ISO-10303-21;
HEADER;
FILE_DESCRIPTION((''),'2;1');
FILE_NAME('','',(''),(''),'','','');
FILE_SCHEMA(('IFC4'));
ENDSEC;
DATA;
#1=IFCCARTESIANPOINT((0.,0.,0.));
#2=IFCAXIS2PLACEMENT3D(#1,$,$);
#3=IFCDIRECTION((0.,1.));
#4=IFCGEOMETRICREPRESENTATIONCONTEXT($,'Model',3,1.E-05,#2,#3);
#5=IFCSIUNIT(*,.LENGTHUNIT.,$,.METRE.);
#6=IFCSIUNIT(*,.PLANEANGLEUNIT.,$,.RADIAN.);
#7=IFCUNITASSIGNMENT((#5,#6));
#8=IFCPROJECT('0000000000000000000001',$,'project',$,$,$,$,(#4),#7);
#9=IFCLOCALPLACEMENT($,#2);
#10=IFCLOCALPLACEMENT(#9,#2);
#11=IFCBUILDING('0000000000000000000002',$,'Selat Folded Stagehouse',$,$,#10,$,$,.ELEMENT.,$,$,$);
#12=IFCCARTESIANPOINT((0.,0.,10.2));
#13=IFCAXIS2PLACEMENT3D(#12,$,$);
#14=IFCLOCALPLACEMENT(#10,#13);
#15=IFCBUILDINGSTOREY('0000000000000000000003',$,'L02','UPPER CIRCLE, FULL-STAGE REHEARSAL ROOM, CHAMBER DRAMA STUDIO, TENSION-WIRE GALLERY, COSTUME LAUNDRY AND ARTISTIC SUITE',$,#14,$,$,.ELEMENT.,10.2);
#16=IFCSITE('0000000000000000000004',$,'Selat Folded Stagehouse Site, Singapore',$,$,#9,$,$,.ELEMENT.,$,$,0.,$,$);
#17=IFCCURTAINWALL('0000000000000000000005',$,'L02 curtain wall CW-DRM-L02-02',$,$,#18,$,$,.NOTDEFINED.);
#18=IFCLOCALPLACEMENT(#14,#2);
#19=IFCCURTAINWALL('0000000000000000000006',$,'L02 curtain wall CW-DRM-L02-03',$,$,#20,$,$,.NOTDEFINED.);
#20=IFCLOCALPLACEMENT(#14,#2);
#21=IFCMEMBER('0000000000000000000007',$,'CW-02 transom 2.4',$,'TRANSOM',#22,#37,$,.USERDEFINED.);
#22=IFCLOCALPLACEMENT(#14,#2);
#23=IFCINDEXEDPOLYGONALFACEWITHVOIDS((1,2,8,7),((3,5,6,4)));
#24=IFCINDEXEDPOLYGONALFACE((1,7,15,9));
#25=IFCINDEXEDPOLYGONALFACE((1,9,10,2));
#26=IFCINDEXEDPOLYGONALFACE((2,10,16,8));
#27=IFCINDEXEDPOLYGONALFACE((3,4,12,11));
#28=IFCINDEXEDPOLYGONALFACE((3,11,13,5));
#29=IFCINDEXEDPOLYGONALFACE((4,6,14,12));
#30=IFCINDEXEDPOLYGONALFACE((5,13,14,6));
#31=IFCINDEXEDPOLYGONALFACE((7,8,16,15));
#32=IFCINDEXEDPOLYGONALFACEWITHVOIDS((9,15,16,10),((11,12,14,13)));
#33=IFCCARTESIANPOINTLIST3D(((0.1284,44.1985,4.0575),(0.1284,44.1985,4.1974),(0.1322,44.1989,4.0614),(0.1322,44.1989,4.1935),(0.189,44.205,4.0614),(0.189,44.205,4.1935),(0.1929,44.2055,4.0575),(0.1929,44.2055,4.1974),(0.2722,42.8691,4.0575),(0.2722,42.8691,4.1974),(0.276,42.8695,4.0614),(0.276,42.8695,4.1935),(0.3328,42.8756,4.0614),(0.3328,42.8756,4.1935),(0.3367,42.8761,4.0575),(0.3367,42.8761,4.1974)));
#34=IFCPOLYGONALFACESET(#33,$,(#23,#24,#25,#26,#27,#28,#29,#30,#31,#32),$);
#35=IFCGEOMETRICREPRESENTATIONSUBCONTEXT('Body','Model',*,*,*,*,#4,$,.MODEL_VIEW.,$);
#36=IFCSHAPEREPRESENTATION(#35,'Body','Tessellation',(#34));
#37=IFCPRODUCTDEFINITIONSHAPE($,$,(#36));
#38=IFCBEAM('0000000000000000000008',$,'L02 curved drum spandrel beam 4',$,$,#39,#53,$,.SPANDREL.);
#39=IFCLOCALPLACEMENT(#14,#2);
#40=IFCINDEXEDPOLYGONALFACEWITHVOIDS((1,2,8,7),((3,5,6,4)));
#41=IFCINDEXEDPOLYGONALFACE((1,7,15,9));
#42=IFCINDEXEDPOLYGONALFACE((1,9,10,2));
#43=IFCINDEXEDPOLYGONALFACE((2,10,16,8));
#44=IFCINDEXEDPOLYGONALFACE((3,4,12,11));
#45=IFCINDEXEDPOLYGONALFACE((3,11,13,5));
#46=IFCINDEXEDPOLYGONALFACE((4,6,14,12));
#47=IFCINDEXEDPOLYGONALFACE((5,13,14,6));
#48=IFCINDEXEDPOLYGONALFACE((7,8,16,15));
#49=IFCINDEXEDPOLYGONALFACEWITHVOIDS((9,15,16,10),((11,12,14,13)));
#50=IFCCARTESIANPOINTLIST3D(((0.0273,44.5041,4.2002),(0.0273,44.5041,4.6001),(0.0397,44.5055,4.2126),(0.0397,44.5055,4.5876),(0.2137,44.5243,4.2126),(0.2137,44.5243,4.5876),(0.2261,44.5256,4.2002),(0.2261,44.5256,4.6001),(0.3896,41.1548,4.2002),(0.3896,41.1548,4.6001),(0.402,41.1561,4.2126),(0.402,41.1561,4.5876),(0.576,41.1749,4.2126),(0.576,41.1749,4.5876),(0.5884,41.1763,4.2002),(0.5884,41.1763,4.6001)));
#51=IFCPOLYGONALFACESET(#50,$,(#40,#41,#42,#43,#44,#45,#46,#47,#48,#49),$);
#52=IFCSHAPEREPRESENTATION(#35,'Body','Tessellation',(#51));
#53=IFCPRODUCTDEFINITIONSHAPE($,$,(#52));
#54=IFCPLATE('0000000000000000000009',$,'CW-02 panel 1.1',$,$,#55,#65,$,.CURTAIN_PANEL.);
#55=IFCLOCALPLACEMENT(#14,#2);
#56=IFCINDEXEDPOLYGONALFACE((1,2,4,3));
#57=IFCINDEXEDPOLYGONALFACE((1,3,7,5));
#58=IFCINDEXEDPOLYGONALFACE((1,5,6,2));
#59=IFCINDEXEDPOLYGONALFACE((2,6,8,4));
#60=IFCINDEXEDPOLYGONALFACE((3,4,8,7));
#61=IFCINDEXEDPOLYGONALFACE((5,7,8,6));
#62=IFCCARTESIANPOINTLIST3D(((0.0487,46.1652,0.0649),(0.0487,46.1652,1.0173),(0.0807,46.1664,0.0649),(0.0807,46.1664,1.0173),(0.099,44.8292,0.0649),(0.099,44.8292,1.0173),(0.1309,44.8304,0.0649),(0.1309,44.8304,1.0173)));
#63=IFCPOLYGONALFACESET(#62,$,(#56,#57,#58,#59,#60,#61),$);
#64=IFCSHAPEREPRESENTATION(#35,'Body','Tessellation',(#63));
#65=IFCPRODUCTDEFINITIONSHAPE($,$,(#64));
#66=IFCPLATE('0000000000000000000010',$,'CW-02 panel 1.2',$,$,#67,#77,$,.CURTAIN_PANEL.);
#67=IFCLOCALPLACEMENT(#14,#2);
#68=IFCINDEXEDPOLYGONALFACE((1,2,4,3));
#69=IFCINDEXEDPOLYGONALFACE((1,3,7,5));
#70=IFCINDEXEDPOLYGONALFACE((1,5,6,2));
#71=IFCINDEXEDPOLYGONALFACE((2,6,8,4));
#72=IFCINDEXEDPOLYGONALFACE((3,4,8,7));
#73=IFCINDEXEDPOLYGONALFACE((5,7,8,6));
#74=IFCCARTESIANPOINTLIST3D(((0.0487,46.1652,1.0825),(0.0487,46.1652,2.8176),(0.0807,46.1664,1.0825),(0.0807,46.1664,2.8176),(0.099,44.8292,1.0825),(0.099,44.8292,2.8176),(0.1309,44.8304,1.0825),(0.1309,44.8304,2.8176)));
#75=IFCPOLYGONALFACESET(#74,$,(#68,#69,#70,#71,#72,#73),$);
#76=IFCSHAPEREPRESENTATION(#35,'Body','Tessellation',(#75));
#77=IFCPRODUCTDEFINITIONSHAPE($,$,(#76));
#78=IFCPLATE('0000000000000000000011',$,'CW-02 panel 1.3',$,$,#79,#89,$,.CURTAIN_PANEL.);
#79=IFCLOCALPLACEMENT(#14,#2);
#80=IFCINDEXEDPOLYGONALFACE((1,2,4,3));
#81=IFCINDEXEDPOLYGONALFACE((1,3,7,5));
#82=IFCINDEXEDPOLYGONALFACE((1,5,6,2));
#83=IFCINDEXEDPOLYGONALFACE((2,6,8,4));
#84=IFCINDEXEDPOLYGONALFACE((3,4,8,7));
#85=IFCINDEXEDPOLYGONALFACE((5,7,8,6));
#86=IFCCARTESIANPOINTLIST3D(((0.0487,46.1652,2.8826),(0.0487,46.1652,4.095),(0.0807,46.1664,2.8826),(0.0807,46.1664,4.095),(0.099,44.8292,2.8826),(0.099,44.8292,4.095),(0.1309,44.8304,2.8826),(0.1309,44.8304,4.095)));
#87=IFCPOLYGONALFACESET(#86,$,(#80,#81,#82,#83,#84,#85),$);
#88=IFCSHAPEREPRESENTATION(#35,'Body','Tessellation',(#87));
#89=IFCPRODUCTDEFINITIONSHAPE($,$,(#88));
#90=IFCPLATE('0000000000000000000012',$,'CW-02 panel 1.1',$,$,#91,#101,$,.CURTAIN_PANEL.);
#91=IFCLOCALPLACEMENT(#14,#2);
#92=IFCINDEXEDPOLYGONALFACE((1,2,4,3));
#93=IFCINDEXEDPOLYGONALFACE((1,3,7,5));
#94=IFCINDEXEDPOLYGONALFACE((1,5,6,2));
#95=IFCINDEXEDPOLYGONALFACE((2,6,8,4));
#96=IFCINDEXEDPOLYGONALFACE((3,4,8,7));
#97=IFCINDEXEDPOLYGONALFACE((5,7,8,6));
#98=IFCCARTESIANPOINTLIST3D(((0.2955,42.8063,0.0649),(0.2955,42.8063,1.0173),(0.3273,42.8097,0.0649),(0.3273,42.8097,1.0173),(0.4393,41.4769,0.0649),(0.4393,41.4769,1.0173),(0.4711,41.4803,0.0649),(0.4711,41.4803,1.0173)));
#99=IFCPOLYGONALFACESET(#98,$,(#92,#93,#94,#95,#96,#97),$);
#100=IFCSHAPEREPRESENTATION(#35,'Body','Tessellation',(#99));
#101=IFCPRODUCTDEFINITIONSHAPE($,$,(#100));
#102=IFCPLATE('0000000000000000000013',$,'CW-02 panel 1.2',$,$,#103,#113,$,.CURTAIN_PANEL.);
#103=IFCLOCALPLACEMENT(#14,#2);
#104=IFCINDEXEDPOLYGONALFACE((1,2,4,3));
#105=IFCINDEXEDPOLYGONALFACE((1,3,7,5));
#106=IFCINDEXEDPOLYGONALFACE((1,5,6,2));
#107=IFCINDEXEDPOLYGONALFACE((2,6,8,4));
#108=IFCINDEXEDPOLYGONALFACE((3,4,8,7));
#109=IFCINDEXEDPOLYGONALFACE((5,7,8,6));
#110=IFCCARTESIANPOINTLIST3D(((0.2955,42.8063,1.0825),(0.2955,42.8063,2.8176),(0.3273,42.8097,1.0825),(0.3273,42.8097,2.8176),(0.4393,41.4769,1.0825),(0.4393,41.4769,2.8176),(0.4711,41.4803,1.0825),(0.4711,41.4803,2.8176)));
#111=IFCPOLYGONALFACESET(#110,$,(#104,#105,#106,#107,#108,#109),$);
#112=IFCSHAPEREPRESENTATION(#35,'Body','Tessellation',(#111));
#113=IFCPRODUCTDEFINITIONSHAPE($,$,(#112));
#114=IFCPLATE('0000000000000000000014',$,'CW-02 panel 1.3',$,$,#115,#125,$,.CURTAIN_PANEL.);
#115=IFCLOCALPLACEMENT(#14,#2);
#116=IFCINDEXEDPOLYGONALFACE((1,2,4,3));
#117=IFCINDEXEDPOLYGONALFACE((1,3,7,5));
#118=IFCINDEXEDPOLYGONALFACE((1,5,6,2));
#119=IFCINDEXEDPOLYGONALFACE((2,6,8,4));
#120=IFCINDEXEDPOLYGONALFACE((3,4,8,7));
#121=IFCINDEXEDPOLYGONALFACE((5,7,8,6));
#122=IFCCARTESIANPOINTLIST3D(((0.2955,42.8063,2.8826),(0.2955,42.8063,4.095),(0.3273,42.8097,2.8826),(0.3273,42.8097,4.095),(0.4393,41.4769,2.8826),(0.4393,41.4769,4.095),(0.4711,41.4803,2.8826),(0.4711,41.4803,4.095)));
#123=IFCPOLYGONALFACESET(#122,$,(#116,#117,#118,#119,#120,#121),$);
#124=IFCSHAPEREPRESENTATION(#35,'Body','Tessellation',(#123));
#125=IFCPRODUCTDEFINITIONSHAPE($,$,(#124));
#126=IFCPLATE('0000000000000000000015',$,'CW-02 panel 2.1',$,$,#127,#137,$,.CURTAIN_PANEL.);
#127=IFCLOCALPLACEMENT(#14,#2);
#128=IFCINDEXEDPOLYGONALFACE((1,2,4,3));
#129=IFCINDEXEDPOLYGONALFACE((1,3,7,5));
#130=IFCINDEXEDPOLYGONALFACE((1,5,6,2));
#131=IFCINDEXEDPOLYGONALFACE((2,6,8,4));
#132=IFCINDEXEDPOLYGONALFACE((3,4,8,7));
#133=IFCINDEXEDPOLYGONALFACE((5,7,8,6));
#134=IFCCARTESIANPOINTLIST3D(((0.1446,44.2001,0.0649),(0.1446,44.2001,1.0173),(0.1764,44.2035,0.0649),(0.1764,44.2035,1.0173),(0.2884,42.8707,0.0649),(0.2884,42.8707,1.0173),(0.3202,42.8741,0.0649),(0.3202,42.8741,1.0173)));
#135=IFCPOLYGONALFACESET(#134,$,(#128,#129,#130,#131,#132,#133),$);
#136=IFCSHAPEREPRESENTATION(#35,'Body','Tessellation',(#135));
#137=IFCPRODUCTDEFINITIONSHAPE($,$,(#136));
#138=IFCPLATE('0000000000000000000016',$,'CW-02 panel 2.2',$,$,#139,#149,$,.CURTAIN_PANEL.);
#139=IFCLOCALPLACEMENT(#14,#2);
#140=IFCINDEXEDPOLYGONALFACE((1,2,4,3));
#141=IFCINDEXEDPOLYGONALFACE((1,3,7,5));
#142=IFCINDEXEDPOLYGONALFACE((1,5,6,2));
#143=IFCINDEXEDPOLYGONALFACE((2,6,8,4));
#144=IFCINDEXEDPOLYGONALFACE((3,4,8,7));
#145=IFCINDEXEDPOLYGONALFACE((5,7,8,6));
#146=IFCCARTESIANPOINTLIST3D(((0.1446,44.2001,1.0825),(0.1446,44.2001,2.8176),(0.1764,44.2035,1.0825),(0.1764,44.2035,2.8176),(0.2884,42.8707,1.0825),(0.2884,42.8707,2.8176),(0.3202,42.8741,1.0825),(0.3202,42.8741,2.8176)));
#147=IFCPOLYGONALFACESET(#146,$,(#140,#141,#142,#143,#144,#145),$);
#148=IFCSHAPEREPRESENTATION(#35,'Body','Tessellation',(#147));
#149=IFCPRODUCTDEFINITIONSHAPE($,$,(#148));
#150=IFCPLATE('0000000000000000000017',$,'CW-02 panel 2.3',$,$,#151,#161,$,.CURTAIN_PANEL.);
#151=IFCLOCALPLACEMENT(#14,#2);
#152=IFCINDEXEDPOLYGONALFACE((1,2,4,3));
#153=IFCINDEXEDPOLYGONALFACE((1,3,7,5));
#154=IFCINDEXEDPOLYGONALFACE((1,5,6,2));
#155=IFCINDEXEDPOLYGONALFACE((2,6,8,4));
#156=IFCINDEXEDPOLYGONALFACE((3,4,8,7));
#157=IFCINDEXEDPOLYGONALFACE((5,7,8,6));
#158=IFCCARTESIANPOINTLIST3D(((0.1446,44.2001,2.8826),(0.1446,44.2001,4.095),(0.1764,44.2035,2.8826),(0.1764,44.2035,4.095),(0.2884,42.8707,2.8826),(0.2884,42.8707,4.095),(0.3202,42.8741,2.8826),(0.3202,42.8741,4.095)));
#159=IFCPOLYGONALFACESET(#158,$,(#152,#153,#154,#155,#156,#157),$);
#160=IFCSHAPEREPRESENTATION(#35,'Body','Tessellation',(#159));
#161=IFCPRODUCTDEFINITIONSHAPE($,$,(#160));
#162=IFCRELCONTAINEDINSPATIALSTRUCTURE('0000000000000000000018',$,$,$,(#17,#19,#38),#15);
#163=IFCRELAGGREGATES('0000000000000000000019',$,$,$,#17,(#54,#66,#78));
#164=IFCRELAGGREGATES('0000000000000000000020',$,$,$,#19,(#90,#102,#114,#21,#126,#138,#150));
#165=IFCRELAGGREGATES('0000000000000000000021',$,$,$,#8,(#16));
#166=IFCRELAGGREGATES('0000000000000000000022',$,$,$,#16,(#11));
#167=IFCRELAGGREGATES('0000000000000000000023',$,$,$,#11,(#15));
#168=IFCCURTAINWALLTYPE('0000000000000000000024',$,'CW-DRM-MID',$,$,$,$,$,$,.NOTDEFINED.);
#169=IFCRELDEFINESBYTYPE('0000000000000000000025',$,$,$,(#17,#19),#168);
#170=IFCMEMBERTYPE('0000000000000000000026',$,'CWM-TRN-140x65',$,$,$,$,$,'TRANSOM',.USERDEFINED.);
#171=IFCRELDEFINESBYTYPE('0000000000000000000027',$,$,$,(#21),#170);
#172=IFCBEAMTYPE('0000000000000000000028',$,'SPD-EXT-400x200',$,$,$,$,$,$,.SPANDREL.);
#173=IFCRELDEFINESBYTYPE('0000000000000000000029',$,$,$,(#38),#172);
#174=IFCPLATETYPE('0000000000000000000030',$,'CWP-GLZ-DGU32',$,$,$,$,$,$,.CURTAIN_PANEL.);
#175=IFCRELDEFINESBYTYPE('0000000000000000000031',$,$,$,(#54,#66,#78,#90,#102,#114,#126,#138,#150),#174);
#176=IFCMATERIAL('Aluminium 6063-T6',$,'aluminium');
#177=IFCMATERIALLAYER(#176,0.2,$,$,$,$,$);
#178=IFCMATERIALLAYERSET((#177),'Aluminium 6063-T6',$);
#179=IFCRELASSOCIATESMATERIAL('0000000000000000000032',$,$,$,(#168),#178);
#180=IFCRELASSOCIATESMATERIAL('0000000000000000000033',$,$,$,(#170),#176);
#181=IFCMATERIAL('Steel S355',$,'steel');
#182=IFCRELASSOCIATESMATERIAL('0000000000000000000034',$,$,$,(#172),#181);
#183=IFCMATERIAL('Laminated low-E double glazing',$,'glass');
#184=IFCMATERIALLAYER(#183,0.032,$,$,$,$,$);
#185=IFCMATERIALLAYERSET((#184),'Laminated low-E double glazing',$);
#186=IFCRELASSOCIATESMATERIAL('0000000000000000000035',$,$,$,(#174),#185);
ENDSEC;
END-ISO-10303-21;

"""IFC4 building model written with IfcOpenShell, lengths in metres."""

from ifc_helpers import new_model, si_unit, direction, frame, origin, origin_2d, place, context, subcontext, project, spatial, rectangle, hollow_rectangle, extrude, material, layer, layer_set, material_profile, profile_set, type_object, element, aggregate, save


model = new_model("IFC4")

# Units and contexts
model_context = context("Model", 3, precision=1e-05, world=origin(), true_north=direction((0.0, 1.0)))
body_context = subcontext(model_context, "Body", "Model", "MODEL_VIEW")
ifc_project = project(units=[si_unit("LENGTHUNIT", "METRE"), si_unit("PLANEANGLEUNIT", "RADIAN")], contexts=[model_context])

# Site, building, storey
site_placement = place(None, origin())
site = spatial("IfcSite", under=ifc_project, at=site_placement, Name="Selat Folded Stagehouse Site, Singapore", CompositionType="ELEMENT", RefElevation=0.0)
building_placement = place(site_placement, origin())
building = spatial("IfcBuilding", under=site, at=building_placement, Name="Selat Folded Stagehouse", CompositionType="ELEMENT")
storey_placement = place(building_placement, frame((0.0, 0.0, 10.2)))
storey = spatial("IfcBuildingStorey", under=building, at=storey_placement, Name="L02", Description="UPPER CIRCLE, FULL-STAGE REHEARSAL ROOM, CHAMBER DRAMA STUDIO, TENSION-WIRE GALLERY, COSTUME LAUNDRY AND ARTISTIC SUITE", CompositionType="ELEMENT", Elevation=10.2)

# Curtain walls, member
ifc_material_1 = material(Name="Aluminium 6063-T6", Category="aluminium")
ifc_layer_1 = layer(ifc_material_1, 0.2)
ifc_layer_set_1 = layer_set([ifc_layer_1], Name="Aluminium 6063-T6")
curtain_wall_type = type_object("IfcCurtainWallType", Name="CW-DRM-MID", PredefinedType="NOTDEFINED", material=ifc_layer_set_1)
curtain_wall_1_placement = place(storey_placement, origin())
curtain_wall_1 = element("IfcCurtainWall", 1, at=curtain_wall_1_placement, inside=storey, type_object=curtain_wall_type, Name="L02 curtain wall CW-DRM-L02-02", PredefinedType="NOTDEFINED")
ifc_material_profile_1 = material_profile(ifc_material_1, hollow_rectangle(XDim=0.0649, YDim=0.1399, WallThickness=0.0039, at=origin_2d()), Name="ALU 140x65x4.0")
ifc_profile_set_1 = profile_set([ifc_material_profile_1], Name="Aluminium 6063-T6")
member_type = type_object("IfcMemberType", Name="CWM-TRN-140x65", ElementType="TRANSOM", PredefinedType="USERDEFINED", material=ifc_profile_set_1)
curtain_wall_2_placement = place(storey_placement, origin())
curtain_wall_2 = element("IfcCurtainWall", 2, at=curtain_wall_2_placement, inside=storey, type_object=curtain_wall_type, Name="L02 curtain wall CW-DRM-L02-03", PredefinedType="NOTDEFINED")
member_1_placement = place(storey_placement, frame((0.3044, 42.8726, 4.1274), z_axis=(-0.107545, 0.9942, 0.0), x_axis=(-0.9942, -0.107545, 0.0)))
member_1 = element("IfcMember", 3, at=member_1_placement, type_object=member_type, Name="CW-02 transom 2.4", ObjectType="TRANSOM", PredefinedType="USERDEFINED", context=body_context, shape_type="SweptSolid", body=[
    extrude(hollow_rectangle(XDim=0.0649, YDim=0.1399, WallThickness=0.0039, at=origin_2d()), origin(), (0.0, 0.0, 1.0), 1.3372),
])

# Beam
ifc_material_2 = material(Name="Steel S355", Category="steel")
ifc_material_profile_2 = material_profile(ifc_material_2, hollow_rectangle(XDim=0.2, YDim=0.3999, WallThickness=0.0125, at=origin_2d()), Name="RHS 400x200x12.5")
ifc_profile_set_2 = profile_set([ifc_material_profile_2], Name="Steel S355")
beam_type = type_object("IfcBeamType", Name="SPD-EXT-400x200", PredefinedType="SPANDREL", material=ifc_profile_set_2)
beam_placement = place(storey_placement, frame((0.1267, 44.5149, 4.4001), z_axis=(0.107544, -0.9942, 0.0), x_axis=(0.9942, 0.107544, 0.0)))
element("IfcBeam", 4, at=beam_placement, inside=storey, type_object=beam_type, Name="L02 curved drum spandrel beam 4", PredefinedType="SPANDREL", context=body_context, shape_type="SweptSolid", body=[
    extrude(hollow_rectangle(XDim=0.2, YDim=0.3999, WallThickness=0.0125, at=origin_2d()), origin(), (0.0, 0.0, 1.0), 3.3689),
])

# Plates
ifc_material_3 = material(Name="Laminated low-E double glazing", Category="glass")
ifc_layer_2 = layer(ifc_material_3, 0.032)
ifc_layer_set_2 = layer_set([ifc_layer_2], Name="Laminated low-E double glazing")
plate_type = type_object("IfcPlateType", Name="CWP-GLZ-DGU32", PredefinedType="CURTAIN_PANEL", material=ifc_layer_set_2)
plate_1_placement = place(storey_placement, frame((0.0898, 45.4978, 0.0649), z_axis=(0.0, 0.0, 1.0), x_axis=(-0.037574, 0.999294, 0.0)))
plate_1 = element("IfcPlate", 5, at=plate_1_placement, type_object=plate_type, Name="CW-02 panel 1.1", PredefinedType="CURTAIN_PANEL", context=body_context, shape_type="SweptSolid", body=[
    extrude(rectangle(XDim=1.3369, YDim=0.032, at=origin_2d()), origin(), (0.0, 0.0, 1.0), 0.9524),
])
plate_2_placement = place(storey_placement, frame((0.0898, 45.4978, 1.0825), z_axis=(0.0, 0.0, 1.0), x_axis=(-0.037574, 0.999294, 0.0)))
plate_2 = element("IfcPlate", 6, at=plate_2_placement, type_object=plate_type, Name="CW-02 panel 1.2", PredefinedType="CURTAIN_PANEL", context=body_context, shape_type="SweptSolid", body=[
    extrude(rectangle(XDim=1.3369, YDim=0.032, at=origin_2d()), origin(), (0.0, 0.0, 1.0), 1.7351),
])
plate_3_placement = place(storey_placement, frame((0.0898, 45.4978, 2.8826), z_axis=(0.0, 0.0, 1.0), x_axis=(-0.037574, 0.999294, 0.0)))
plate_3 = element("IfcPlate", 7, at=plate_3_placement, type_object=plate_type, Name="CW-02 panel 1.3", PredefinedType="CURTAIN_PANEL", context=body_context, shape_type="SweptSolid", body=[
    extrude(rectangle(XDim=1.3369, YDim=0.032, at=origin_2d()), origin(), (0.0, 0.0, 1.0), 1.2124),
])
aggregate(curtain_wall_1, [plate_1, plate_2, plate_3])
plate_4_placement = place(storey_placement, frame((0.3833, 42.1433, 0.0649), z_axis=(0.0, 0.0, 1.0), x_axis=(-0.107558, 0.994199, 0.0)))
plate_4 = element("IfcPlate", 8, at=plate_4_placement, type_object=plate_type, Name="CW-02 panel 1.1", PredefinedType="CURTAIN_PANEL", context=body_context, shape_type="SweptSolid", body=[
    extrude(rectangle(XDim=1.3372, YDim=0.032, at=origin_2d()), origin(), (0.0, 0.0, 1.0), 0.9524),
])
plate_5_placement = place(storey_placement, frame((0.3833, 42.1433, 1.0825), z_axis=(0.0, 0.0, 1.0), x_axis=(-0.107558, 0.994199, 0.0)))
plate_5 = element("IfcPlate", 9, at=plate_5_placement, type_object=plate_type, Name="CW-02 panel 1.2", PredefinedType="CURTAIN_PANEL", context=body_context, shape_type="SweptSolid", body=[
    extrude(rectangle(XDim=1.3372, YDim=0.032, at=origin_2d()), origin(), (0.0, 0.0, 1.0), 1.7351),
])
plate_6_placement = place(storey_placement, frame((0.3833, 42.1433, 2.8826), z_axis=(0.0, 0.0, 1.0), x_axis=(-0.107558, 0.994199, 0.0)))
plate_6 = element("IfcPlate", 10, at=plate_6_placement, type_object=plate_type, Name="CW-02 panel 1.3", PredefinedType="CURTAIN_PANEL", context=body_context, shape_type="SweptSolid", body=[
    extrude(rectangle(XDim=1.3372, YDim=0.032, at=origin_2d()), origin(), (0.0, 0.0, 1.0), 1.2124),
])
plate_7_placement = place(storey_placement, frame((0.2324, 43.5371, 0.0649), z_axis=(0.0, 0.0, 1.0), x_axis=(-0.107558, 0.994199, 0.0)))
plate_7 = element("IfcPlate", 11, at=plate_7_placement, type_object=plate_type, Name="CW-02 panel 2.1", PredefinedType="CURTAIN_PANEL", context=body_context, shape_type="SweptSolid", body=[
    extrude(rectangle(XDim=1.3372, YDim=0.032, at=origin_2d()), origin(), (0.0, 0.0, 1.0), 0.9524),
])
plate_8_placement = place(storey_placement, frame((0.2324, 43.5371, 1.0825), z_axis=(0.0, 0.0, 1.0), x_axis=(-0.107558, 0.994199, 0.0)))
plate_8 = element("IfcPlate", 12, at=plate_8_placement, type_object=plate_type, Name="CW-02 panel 2.2", PredefinedType="CURTAIN_PANEL", context=body_context, shape_type="SweptSolid", body=[
    extrude(rectangle(XDim=1.3372, YDim=0.032, at=origin_2d()), origin(), (0.0, 0.0, 1.0), 1.7351),
])
plate_9_placement = place(storey_placement, frame((0.2324, 43.5371, 2.8826), z_axis=(0.0, 0.0, 1.0), x_axis=(-0.107558, 0.994199, 0.0)))
plate_9 = element("IfcPlate", 13, at=plate_9_placement, type_object=plate_type, Name="CW-02 panel 2.3", PredefinedType="CURTAIN_PANEL", context=body_context, shape_type="SweptSolid", body=[
    extrude(rectangle(XDim=1.3372, YDim=0.032, at=origin_2d()), origin(), (0.0, 0.0, 1.0), 1.2124),
])
aggregate(curtain_wall_2, [plate_4, plate_5, plate_6, member_1, plate_7, plate_8, plate_9])

save(model, "model.ifc")
